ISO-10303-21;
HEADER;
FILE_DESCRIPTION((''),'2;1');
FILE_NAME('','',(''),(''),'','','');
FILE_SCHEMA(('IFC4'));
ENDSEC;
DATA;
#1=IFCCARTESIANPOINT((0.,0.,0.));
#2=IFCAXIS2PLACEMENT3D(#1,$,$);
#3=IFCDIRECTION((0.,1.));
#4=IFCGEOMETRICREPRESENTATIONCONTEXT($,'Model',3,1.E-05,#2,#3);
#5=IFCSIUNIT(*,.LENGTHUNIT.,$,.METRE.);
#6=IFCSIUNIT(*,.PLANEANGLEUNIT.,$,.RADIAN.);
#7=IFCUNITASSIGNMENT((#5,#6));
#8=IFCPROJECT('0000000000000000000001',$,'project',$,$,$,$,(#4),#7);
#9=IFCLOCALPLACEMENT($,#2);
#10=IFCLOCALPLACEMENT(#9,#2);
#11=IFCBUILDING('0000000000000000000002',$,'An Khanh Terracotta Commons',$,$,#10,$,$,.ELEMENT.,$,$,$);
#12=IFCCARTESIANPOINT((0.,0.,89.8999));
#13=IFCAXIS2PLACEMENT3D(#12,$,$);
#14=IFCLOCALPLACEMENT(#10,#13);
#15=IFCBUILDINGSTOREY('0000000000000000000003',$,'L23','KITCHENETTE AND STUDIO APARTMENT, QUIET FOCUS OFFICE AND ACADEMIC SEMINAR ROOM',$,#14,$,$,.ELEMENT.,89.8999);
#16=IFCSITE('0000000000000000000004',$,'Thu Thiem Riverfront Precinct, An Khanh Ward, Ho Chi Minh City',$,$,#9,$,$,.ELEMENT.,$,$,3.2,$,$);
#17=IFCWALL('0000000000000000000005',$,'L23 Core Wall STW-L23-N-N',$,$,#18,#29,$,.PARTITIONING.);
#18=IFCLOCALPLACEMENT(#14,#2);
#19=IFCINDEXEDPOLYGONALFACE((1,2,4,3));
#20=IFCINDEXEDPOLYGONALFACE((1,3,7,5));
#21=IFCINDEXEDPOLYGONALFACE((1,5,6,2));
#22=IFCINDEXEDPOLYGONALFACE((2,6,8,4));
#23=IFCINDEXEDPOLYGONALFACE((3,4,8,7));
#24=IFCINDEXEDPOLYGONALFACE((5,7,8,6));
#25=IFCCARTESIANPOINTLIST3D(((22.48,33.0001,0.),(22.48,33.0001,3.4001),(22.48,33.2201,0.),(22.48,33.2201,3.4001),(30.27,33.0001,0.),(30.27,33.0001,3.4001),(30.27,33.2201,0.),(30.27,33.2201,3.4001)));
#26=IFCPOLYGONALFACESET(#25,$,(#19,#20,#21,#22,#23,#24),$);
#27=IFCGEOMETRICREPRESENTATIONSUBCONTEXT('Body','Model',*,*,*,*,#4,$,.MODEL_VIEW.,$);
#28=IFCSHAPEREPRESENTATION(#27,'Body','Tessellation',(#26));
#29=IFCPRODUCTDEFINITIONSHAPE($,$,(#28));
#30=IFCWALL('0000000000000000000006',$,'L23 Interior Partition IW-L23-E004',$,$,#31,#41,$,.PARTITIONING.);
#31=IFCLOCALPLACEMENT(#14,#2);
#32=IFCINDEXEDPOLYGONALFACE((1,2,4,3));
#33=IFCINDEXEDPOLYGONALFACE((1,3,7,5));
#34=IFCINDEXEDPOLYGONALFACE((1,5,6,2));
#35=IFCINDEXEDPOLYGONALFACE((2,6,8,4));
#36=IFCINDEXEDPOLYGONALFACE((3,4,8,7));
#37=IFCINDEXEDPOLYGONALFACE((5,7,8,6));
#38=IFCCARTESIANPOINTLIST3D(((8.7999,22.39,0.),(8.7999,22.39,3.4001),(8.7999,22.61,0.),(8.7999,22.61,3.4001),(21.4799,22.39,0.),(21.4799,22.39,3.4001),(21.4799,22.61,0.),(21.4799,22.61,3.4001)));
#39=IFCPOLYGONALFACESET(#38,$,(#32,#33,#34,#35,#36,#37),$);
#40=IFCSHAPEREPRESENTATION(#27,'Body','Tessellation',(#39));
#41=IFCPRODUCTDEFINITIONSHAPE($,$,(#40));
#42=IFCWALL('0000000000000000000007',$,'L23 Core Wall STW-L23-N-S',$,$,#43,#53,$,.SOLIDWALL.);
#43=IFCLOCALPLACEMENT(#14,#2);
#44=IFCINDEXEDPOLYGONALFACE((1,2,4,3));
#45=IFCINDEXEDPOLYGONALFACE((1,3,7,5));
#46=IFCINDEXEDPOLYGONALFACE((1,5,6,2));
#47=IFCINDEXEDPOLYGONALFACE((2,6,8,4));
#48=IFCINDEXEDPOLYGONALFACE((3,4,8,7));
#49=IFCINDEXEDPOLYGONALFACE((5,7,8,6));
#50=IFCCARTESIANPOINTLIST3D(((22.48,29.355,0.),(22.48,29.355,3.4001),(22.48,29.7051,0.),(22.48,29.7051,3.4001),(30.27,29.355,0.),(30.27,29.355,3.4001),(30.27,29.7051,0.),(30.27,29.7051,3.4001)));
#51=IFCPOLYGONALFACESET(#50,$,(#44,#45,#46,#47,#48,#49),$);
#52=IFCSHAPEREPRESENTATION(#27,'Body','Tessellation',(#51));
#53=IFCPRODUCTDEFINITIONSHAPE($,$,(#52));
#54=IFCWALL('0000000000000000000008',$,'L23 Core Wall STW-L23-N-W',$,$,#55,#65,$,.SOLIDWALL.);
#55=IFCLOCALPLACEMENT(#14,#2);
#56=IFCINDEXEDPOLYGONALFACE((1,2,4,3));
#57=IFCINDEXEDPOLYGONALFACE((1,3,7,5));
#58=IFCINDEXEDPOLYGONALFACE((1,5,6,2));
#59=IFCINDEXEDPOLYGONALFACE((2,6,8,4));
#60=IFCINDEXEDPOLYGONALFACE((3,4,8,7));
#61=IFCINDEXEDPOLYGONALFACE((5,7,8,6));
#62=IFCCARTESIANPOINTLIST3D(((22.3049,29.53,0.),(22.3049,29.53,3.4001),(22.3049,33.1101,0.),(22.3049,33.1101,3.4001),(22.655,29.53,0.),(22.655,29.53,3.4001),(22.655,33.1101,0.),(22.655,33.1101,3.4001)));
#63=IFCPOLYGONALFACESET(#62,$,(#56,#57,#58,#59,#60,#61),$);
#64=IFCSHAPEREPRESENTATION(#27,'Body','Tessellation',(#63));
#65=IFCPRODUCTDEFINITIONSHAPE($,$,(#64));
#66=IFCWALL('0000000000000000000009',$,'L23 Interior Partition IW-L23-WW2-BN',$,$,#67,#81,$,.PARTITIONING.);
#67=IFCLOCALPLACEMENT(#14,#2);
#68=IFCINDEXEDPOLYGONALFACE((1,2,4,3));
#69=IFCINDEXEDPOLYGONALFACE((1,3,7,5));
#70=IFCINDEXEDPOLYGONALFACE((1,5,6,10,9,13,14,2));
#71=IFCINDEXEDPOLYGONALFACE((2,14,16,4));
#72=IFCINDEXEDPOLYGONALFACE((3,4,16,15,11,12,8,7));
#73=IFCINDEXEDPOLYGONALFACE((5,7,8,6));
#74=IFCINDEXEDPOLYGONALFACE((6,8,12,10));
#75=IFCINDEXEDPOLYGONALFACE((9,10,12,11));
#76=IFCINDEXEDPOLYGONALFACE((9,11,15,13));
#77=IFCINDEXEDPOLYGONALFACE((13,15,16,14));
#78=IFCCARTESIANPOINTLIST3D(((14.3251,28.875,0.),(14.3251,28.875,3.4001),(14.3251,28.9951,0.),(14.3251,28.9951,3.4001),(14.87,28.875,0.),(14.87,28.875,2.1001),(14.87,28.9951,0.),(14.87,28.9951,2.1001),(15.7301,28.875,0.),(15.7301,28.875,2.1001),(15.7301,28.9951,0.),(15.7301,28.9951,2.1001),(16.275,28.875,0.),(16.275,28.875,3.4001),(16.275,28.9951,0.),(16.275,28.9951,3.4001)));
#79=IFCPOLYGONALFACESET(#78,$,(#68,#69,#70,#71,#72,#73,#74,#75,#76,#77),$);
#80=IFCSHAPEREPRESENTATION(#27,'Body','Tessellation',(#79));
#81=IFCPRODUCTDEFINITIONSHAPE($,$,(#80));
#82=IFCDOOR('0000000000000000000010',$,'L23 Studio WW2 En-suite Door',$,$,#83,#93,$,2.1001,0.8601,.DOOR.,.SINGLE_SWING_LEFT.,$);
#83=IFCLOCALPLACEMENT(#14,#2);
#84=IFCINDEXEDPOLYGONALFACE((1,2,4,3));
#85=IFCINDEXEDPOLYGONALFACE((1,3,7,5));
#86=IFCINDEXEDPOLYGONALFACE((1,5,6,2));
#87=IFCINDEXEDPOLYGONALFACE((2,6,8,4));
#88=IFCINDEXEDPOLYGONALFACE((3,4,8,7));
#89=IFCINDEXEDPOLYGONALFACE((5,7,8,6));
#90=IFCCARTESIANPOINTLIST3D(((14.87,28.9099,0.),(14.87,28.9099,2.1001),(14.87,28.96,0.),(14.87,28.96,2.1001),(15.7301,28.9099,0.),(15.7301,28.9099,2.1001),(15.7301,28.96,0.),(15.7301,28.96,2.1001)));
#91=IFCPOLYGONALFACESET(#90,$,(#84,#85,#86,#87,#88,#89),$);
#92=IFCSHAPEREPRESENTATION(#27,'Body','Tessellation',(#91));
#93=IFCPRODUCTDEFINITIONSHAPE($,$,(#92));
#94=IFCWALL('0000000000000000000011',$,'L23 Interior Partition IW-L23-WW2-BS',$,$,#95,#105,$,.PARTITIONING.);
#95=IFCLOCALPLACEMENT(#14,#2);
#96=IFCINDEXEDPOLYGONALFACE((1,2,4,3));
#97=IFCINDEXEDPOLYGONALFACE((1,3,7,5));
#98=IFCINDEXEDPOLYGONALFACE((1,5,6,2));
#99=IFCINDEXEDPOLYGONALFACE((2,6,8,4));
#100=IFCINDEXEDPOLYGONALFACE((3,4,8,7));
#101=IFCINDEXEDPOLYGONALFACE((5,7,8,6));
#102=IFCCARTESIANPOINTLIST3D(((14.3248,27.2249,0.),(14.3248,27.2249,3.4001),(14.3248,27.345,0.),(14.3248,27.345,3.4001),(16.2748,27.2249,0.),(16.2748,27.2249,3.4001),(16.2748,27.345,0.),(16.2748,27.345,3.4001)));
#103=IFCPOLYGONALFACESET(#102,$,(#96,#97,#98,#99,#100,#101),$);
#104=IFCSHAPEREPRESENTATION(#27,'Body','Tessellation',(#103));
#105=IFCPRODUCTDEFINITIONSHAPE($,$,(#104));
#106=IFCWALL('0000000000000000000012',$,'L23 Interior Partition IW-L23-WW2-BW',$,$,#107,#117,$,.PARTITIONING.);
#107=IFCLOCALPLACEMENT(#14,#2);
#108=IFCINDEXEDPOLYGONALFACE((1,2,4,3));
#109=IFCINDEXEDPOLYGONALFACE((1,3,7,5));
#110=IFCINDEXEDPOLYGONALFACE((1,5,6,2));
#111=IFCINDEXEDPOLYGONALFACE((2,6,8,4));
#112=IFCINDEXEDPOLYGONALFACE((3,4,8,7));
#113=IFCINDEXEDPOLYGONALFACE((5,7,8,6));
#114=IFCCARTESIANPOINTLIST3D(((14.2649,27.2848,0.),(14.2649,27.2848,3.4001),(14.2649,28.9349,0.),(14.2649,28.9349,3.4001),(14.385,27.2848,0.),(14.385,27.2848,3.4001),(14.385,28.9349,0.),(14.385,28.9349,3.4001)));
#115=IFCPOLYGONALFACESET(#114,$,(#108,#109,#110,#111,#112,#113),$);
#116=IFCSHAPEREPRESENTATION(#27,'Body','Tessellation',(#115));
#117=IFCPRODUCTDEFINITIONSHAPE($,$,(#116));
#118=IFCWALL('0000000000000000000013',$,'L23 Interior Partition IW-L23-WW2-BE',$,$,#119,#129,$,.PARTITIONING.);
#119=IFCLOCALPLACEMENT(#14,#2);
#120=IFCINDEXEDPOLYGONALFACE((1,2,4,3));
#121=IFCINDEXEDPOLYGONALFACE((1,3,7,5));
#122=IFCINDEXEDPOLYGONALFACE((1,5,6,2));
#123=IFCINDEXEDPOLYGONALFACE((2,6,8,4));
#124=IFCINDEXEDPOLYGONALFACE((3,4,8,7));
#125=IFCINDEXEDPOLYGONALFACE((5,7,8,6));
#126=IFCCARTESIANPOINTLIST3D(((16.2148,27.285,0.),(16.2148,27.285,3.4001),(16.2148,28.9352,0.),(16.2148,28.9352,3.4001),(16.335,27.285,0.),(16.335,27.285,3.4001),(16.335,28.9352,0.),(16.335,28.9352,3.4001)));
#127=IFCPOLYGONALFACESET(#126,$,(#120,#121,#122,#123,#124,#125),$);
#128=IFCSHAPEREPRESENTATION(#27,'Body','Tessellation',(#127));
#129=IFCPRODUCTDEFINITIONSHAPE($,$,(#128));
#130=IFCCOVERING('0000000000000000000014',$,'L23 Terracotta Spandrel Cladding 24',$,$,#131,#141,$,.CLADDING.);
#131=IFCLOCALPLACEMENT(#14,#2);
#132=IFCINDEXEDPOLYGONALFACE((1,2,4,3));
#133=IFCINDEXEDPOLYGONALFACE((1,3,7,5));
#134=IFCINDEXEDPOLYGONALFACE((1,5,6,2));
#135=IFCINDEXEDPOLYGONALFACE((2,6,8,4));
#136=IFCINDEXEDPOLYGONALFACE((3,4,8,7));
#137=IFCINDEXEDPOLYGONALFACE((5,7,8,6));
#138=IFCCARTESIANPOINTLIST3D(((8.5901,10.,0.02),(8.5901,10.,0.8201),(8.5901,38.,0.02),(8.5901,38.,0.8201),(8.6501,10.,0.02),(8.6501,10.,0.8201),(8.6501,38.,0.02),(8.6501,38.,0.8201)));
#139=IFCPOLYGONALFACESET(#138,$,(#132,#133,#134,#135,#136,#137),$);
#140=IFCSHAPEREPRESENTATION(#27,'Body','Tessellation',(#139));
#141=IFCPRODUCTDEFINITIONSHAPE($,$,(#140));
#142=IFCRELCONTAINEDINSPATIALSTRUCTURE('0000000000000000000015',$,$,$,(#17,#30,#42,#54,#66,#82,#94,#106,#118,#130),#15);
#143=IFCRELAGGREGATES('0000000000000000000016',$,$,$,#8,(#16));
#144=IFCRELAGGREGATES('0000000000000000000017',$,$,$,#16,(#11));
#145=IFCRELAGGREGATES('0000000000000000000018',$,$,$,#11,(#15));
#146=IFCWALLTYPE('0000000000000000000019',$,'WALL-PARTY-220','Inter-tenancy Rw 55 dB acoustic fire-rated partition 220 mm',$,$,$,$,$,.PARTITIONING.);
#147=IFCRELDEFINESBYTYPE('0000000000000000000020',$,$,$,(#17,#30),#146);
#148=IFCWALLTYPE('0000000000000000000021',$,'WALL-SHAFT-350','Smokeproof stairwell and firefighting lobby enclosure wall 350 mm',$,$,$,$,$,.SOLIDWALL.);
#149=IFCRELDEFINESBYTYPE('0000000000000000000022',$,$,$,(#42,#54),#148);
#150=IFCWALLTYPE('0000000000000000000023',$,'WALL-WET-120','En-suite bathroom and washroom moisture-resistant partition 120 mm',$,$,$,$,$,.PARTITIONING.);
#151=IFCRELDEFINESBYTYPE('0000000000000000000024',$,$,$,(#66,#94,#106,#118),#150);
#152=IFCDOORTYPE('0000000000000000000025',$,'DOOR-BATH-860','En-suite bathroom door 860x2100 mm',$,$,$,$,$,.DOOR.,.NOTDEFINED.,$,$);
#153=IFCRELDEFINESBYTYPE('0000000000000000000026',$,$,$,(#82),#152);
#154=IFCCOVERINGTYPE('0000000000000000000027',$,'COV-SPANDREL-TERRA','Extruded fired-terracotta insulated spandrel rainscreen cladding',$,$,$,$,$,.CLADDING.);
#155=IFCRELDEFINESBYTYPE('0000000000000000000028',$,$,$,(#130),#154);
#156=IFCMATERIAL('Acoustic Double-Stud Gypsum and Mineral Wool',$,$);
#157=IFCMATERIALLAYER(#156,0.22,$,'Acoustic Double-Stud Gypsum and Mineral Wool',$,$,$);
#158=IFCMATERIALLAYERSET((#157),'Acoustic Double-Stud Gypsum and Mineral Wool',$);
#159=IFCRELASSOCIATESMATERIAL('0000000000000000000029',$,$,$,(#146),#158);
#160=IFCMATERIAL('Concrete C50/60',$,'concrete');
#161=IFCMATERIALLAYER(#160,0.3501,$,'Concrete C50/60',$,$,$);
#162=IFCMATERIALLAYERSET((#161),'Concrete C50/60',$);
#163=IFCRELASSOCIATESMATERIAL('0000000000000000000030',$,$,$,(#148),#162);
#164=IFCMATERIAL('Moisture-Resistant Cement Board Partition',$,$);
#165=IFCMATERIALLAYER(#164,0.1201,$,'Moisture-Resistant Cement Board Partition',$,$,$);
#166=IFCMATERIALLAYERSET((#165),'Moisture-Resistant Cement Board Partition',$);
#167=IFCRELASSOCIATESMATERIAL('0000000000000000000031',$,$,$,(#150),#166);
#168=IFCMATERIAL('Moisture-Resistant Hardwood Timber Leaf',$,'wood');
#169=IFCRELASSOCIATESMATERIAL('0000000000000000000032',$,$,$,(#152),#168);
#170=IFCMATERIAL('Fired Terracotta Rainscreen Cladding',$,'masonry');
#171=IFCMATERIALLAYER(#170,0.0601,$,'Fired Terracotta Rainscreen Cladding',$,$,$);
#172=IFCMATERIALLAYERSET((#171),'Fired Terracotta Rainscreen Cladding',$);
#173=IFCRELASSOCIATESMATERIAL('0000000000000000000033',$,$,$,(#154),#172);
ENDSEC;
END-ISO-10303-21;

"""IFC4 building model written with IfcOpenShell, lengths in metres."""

from ifc_helpers import new_model, si_unit, direction, frame, frame_2d, origin, origin_2d, place, context, subcontext, project, spatial, rectangle, extrude, material, layer, layer_set, type_object, element, fill, save


model = new_model("IFC4")

# Units and contexts
model_context = context("Model", 3, precision=1e-05, world=origin(), true_north=direction((0.0, 1.0)))
body_context = subcontext(model_context, "Body", "Model", "MODEL_VIEW")
ifc_project = project(units=[si_unit("LENGTHUNIT", "METRE"), si_unit("PLANEANGLEUNIT", "RADIAN")], contexts=[model_context])

# Site, building, storey
site_placement = place(None, origin())
site = spatial("IfcSite", under=ifc_project, at=site_placement, Name="Thu Thiem Riverfront Precinct, An Khanh Ward, Ho Chi Minh City", CompositionType="ELEMENT", RefElevation=3.2)
building_placement = place(site_placement, origin())
building = spatial("IfcBuilding", under=site, at=building_placement, Name="An Khanh Terracotta Commons", CompositionType="ELEMENT")
storey_placement = place(building_placement, frame((0.0, 0.0, 89.8999)))
storey = spatial("IfcBuildingStorey", under=building, at=storey_placement, Name="L23", Description="KITCHENETTE AND STUDIO APARTMENT, QUIET FOCUS OFFICE AND ACADEMIC SEMINAR ROOM", CompositionType="ELEMENT", Elevation=89.8999)

# Walls
ifc_material_1 = material(Name="Acoustic Double-Stud Gypsum and Mineral Wool")
ifc_layer_1 = layer(ifc_material_1, 0.22, Name="Acoustic Double-Stud Gypsum and Mineral Wool")
ifc_layer_set_1 = layer_set([ifc_layer_1], Name="Acoustic Double-Stud Gypsum and Mineral Wool")
wall_type_1 = type_object("IfcWallType", Name="WALL-PARTY-220", Description="Inter-tenancy Rw 55 dB acoustic fire-rated partition 220 mm", PredefinedType="PARTITIONING", material=ifc_layer_set_1)
wall_1_placement = place(storey_placement, frame((22.48, 33.1101, 0.0), z_axis=(0.0, 0.0, 1.0), x_axis=(1.0, 0.0, 0.0)))
element("IfcWall", 1, at=wall_1_placement, inside=storey, type_object=wall_type_1, Name="L23 Core Wall STW-L23-N-N", PredefinedType="PARTITIONING", context=body_context, shape_type="SweptSolid", body=[
    extrude(rectangle(XDim=7.79, YDim=0.22, at=frame_2d((3.895, 0.0))), origin(), (0.0, 0.0, 1.0), 3.4001),
])
wall_2_placement = place(storey_placement, frame((8.8, 22.5, 0.0), z_axis=(0.0, 0.0, 1.0), x_axis=(1.0, 0.0, 0.0)))
element("IfcWall", 2, at=wall_2_placement, inside=storey, type_object=wall_type_1, Name="L23 Interior Partition IW-L23-E004", PredefinedType="PARTITIONING", context=body_context, shape_type="SweptSolid", body=[
    extrude(rectangle(XDim=12.6799, YDim=0.22, at=frame_2d((6.3398, 0.0))), origin(), (0.0, 0.0, 1.0), 3.4001),
])
ifc_material_2 = material(Name="Concrete C50/60", Category="concrete")
ifc_layer_2 = layer(ifc_material_2, 0.3501, Name="Concrete C50/60")
ifc_layer_set_2 = layer_set([ifc_layer_2], Name="Concrete C50/60")
wall_type_2 = type_object("IfcWallType", Name="WALL-SHAFT-350", Description="Smokeproof stairwell and firefighting lobby enclosure wall 350 mm", PredefinedType="SOLIDWALL", material=ifc_layer_set_2)
wall_3_placement = place(storey_placement, frame((22.48, 29.53, 0.0), z_axis=(0.0, 0.0, 1.0), x_axis=(1.0, 0.0, 0.0)))
element("IfcWall", 3, at=wall_3_placement, inside=storey, type_object=wall_type_2, Name="L23 Core Wall STW-L23-N-S", PredefinedType="SOLIDWALL", context=body_context, shape_type="SweptSolid", body=[
    extrude(rectangle(XDim=7.79, YDim=0.3501, at=frame_2d((3.895, 0.0))), origin(), (0.0, 0.0, 1.0), 3.4001),
])
wall_4_placement = place(storey_placement, frame((22.48, 29.53, 0.0), z_axis=(0.0, 0.0, 1.0), x_axis=(0.0, 1.0, 0.0)))
element("IfcWall", 4, at=wall_4_placement, inside=storey, type_object=wall_type_2, Name="L23 Core Wall STW-L23-N-W", PredefinedType="SOLIDWALL", context=body_context, shape_type="SweptSolid", body=[
    extrude(rectangle(XDim=3.5801, YDim=0.3501, at=frame_2d((1.79, 0.0))), origin(), (0.0, 0.0, 1.0), 3.4001),
])

# Wall, opening, door
ifc_material_3 = material(Name="Moisture-Resistant Cement Board Partition")
ifc_layer_3 = layer(ifc_material_3, 0.1201, Name="Moisture-Resistant Cement Board Partition")
ifc_layer_set_3 = layer_set([ifc_layer_3], Name="Moisture-Resistant Cement Board Partition")
wall_type_3 = type_object("IfcWallType", Name="WALL-WET-120", Description="En-suite bathroom and washroom moisture-resistant partition 120 mm", PredefinedType="PARTITIONING", material=ifc_layer_set_3)
wall_5_placement = place(storey_placement, frame((14.325, 28.9351, 0.0), z_axis=(0.0, 0.0, 1.0), x_axis=(1.0, 0.0, 0.0)))
wall_5 = element("IfcWall", 5, at=wall_5_placement, inside=storey, type_object=wall_type_3, Name="L23 Interior Partition IW-L23-WW2-BN", PredefinedType="PARTITIONING", context=body_context, shape_type="SweptSolid", body=[
    extrude(rectangle(XDim=1.95, YDim=0.1201, at=frame_2d((0.9751, 0.0))), origin(), (0.0, 0.0, 1.0), 3.4001),
])
opening_1_placement = place(wall_5_placement, frame((0.5449, 0.0, 0.0)))
opening_1 = element("IfcOpeningElement", 6, at=opening_1_placement, cuts=wall_5, PredefinedType="OPENING", context=body_context, shape_type="SweptSolid", body=[
    extrude(rectangle(XDim=0.8601, YDim=2.1001, at=frame_2d((0.4302, 1.05))), frame((0.0, 0.0701, 0.0), z_axis=(0.0, -1.0, 0.0), x_axis=(1.0, 0.0, 0.0)), (0.0, 0.0, 1.0), 0.1401),
])
ifc_material_4 = material(Name="Moisture-Resistant Hardwood Timber Leaf", Category="wood")
door_type_1 = type_object("IfcDoorType", Name="DOOR-BATH-860", Description="En-suite bathroom door 860x2100 mm", OperationType="NOTDEFINED", PredefinedType="DOOR", material=ifc_material_4)
door_1_placement = place(opening_1_placement, origin())
door_1 = element("IfcDoor", 7, at=door_1_placement, inside=storey, type_object=door_type_1, Name="L23 Studio WW2 En-suite Door", OperationType="SINGLE_SWING_LEFT", OverallHeight=2.1001, OverallWidth=0.8601, PredefinedType="DOOR", context=body_context, shape_type="SweptSolid", body=[
    extrude(rectangle(XDim=0.8601, YDim=2.1001, at=frame_2d((0.4302, 1.05))), frame((0.0, 0.0249, 0.0), z_axis=(0.0, -1.0, 0.0), x_axis=(1.0, 0.0, 0.0)), (0.0, 0.0, 1.0), 0.05),
])
fill(opening_1, door_1)

# Walls
wall_6_placement = place(storey_placement, frame((16.2749, 27.2849, 0.0), z_axis=(0.0, 0.0, 1.0), x_axis=(-1.0, 0.0, 0.0)))
element("IfcWall", 8, at=wall_6_placement, inside=storey, type_object=wall_type_3, Name="L23 Interior Partition IW-L23-WW2-BS", PredefinedType="PARTITIONING", context=body_context, shape_type="SweptSolid", body=[
    extrude(rectangle(XDim=1.95, YDim=0.1201, at=frame_2d((0.9751, 0.0))), origin(), (0.0, 0.0, 1.0), 3.4001),
])
for number, where, z_axis, x_axis, name in (
    (9, (14.325, 28.9351, 0.0), (0.0, 0.0, 1.0), (0.0, -1.0, 0.0), "L23 Interior Partition IW-L23-WW2-BW"),
    (10, (16.2749, 27.2849, 0.0), (0.0, 0.0, 1.0), (0.0, 1.0, 0.0), "L23 Interior Partition IW-L23-WW2-BE"),
):
    element("IfcWall", number, at=place(storey_placement, frame(where, z_axis=z_axis, x_axis=x_axis)), inside=storey, type_object=wall_type_3, Name=name, PredefinedType="PARTITIONING", context=body_context, shape_type="SweptSolid", body=[
        extrude(rectangle(XDim=1.6501, YDim=0.1201, at=frame_2d((0.8252, 0.0))), origin(), (0.0, 0.0, 1.0), 3.4001),
    ])

# Covering
ifc_material_5 = material(Name="Fired Terracotta Rainscreen Cladding", Category="masonry")
ifc_layer_4 = layer(ifc_material_5, 0.0601, Name="Fired Terracotta Rainscreen Cladding")
ifc_layer_set_4 = layer_set([ifc_layer_4], Name="Fired Terracotta Rainscreen Cladding")
covering_type = type_object("IfcCoveringType", Name="COV-SPANDREL-TERRA", Description="Extruded fired-terracotta insulated spandrel rainscreen cladding", PredefinedType="CLADDING", material=ifc_layer_set_4)
covering_placement = place(storey_placement, frame((8.6201, 24.0, 0.02), z_axis=(0.0, 0.0, 1.0), x_axis=(0.0, -1.0, 0.0)))
element("IfcCovering", 11, at=covering_placement, inside=storey, type_object=covering_type, Name="L23 Terracotta Spandrel Cladding 24", PredefinedType="CLADDING", context=body_context, shape_type="SweptSolid", body=[
    extrude(rectangle(XDim=28.0, YDim=0.0601, at=origin_2d()), origin(), (0.0, 0.0, 1.0), 0.8),
])

save(model, "model.ifc")
